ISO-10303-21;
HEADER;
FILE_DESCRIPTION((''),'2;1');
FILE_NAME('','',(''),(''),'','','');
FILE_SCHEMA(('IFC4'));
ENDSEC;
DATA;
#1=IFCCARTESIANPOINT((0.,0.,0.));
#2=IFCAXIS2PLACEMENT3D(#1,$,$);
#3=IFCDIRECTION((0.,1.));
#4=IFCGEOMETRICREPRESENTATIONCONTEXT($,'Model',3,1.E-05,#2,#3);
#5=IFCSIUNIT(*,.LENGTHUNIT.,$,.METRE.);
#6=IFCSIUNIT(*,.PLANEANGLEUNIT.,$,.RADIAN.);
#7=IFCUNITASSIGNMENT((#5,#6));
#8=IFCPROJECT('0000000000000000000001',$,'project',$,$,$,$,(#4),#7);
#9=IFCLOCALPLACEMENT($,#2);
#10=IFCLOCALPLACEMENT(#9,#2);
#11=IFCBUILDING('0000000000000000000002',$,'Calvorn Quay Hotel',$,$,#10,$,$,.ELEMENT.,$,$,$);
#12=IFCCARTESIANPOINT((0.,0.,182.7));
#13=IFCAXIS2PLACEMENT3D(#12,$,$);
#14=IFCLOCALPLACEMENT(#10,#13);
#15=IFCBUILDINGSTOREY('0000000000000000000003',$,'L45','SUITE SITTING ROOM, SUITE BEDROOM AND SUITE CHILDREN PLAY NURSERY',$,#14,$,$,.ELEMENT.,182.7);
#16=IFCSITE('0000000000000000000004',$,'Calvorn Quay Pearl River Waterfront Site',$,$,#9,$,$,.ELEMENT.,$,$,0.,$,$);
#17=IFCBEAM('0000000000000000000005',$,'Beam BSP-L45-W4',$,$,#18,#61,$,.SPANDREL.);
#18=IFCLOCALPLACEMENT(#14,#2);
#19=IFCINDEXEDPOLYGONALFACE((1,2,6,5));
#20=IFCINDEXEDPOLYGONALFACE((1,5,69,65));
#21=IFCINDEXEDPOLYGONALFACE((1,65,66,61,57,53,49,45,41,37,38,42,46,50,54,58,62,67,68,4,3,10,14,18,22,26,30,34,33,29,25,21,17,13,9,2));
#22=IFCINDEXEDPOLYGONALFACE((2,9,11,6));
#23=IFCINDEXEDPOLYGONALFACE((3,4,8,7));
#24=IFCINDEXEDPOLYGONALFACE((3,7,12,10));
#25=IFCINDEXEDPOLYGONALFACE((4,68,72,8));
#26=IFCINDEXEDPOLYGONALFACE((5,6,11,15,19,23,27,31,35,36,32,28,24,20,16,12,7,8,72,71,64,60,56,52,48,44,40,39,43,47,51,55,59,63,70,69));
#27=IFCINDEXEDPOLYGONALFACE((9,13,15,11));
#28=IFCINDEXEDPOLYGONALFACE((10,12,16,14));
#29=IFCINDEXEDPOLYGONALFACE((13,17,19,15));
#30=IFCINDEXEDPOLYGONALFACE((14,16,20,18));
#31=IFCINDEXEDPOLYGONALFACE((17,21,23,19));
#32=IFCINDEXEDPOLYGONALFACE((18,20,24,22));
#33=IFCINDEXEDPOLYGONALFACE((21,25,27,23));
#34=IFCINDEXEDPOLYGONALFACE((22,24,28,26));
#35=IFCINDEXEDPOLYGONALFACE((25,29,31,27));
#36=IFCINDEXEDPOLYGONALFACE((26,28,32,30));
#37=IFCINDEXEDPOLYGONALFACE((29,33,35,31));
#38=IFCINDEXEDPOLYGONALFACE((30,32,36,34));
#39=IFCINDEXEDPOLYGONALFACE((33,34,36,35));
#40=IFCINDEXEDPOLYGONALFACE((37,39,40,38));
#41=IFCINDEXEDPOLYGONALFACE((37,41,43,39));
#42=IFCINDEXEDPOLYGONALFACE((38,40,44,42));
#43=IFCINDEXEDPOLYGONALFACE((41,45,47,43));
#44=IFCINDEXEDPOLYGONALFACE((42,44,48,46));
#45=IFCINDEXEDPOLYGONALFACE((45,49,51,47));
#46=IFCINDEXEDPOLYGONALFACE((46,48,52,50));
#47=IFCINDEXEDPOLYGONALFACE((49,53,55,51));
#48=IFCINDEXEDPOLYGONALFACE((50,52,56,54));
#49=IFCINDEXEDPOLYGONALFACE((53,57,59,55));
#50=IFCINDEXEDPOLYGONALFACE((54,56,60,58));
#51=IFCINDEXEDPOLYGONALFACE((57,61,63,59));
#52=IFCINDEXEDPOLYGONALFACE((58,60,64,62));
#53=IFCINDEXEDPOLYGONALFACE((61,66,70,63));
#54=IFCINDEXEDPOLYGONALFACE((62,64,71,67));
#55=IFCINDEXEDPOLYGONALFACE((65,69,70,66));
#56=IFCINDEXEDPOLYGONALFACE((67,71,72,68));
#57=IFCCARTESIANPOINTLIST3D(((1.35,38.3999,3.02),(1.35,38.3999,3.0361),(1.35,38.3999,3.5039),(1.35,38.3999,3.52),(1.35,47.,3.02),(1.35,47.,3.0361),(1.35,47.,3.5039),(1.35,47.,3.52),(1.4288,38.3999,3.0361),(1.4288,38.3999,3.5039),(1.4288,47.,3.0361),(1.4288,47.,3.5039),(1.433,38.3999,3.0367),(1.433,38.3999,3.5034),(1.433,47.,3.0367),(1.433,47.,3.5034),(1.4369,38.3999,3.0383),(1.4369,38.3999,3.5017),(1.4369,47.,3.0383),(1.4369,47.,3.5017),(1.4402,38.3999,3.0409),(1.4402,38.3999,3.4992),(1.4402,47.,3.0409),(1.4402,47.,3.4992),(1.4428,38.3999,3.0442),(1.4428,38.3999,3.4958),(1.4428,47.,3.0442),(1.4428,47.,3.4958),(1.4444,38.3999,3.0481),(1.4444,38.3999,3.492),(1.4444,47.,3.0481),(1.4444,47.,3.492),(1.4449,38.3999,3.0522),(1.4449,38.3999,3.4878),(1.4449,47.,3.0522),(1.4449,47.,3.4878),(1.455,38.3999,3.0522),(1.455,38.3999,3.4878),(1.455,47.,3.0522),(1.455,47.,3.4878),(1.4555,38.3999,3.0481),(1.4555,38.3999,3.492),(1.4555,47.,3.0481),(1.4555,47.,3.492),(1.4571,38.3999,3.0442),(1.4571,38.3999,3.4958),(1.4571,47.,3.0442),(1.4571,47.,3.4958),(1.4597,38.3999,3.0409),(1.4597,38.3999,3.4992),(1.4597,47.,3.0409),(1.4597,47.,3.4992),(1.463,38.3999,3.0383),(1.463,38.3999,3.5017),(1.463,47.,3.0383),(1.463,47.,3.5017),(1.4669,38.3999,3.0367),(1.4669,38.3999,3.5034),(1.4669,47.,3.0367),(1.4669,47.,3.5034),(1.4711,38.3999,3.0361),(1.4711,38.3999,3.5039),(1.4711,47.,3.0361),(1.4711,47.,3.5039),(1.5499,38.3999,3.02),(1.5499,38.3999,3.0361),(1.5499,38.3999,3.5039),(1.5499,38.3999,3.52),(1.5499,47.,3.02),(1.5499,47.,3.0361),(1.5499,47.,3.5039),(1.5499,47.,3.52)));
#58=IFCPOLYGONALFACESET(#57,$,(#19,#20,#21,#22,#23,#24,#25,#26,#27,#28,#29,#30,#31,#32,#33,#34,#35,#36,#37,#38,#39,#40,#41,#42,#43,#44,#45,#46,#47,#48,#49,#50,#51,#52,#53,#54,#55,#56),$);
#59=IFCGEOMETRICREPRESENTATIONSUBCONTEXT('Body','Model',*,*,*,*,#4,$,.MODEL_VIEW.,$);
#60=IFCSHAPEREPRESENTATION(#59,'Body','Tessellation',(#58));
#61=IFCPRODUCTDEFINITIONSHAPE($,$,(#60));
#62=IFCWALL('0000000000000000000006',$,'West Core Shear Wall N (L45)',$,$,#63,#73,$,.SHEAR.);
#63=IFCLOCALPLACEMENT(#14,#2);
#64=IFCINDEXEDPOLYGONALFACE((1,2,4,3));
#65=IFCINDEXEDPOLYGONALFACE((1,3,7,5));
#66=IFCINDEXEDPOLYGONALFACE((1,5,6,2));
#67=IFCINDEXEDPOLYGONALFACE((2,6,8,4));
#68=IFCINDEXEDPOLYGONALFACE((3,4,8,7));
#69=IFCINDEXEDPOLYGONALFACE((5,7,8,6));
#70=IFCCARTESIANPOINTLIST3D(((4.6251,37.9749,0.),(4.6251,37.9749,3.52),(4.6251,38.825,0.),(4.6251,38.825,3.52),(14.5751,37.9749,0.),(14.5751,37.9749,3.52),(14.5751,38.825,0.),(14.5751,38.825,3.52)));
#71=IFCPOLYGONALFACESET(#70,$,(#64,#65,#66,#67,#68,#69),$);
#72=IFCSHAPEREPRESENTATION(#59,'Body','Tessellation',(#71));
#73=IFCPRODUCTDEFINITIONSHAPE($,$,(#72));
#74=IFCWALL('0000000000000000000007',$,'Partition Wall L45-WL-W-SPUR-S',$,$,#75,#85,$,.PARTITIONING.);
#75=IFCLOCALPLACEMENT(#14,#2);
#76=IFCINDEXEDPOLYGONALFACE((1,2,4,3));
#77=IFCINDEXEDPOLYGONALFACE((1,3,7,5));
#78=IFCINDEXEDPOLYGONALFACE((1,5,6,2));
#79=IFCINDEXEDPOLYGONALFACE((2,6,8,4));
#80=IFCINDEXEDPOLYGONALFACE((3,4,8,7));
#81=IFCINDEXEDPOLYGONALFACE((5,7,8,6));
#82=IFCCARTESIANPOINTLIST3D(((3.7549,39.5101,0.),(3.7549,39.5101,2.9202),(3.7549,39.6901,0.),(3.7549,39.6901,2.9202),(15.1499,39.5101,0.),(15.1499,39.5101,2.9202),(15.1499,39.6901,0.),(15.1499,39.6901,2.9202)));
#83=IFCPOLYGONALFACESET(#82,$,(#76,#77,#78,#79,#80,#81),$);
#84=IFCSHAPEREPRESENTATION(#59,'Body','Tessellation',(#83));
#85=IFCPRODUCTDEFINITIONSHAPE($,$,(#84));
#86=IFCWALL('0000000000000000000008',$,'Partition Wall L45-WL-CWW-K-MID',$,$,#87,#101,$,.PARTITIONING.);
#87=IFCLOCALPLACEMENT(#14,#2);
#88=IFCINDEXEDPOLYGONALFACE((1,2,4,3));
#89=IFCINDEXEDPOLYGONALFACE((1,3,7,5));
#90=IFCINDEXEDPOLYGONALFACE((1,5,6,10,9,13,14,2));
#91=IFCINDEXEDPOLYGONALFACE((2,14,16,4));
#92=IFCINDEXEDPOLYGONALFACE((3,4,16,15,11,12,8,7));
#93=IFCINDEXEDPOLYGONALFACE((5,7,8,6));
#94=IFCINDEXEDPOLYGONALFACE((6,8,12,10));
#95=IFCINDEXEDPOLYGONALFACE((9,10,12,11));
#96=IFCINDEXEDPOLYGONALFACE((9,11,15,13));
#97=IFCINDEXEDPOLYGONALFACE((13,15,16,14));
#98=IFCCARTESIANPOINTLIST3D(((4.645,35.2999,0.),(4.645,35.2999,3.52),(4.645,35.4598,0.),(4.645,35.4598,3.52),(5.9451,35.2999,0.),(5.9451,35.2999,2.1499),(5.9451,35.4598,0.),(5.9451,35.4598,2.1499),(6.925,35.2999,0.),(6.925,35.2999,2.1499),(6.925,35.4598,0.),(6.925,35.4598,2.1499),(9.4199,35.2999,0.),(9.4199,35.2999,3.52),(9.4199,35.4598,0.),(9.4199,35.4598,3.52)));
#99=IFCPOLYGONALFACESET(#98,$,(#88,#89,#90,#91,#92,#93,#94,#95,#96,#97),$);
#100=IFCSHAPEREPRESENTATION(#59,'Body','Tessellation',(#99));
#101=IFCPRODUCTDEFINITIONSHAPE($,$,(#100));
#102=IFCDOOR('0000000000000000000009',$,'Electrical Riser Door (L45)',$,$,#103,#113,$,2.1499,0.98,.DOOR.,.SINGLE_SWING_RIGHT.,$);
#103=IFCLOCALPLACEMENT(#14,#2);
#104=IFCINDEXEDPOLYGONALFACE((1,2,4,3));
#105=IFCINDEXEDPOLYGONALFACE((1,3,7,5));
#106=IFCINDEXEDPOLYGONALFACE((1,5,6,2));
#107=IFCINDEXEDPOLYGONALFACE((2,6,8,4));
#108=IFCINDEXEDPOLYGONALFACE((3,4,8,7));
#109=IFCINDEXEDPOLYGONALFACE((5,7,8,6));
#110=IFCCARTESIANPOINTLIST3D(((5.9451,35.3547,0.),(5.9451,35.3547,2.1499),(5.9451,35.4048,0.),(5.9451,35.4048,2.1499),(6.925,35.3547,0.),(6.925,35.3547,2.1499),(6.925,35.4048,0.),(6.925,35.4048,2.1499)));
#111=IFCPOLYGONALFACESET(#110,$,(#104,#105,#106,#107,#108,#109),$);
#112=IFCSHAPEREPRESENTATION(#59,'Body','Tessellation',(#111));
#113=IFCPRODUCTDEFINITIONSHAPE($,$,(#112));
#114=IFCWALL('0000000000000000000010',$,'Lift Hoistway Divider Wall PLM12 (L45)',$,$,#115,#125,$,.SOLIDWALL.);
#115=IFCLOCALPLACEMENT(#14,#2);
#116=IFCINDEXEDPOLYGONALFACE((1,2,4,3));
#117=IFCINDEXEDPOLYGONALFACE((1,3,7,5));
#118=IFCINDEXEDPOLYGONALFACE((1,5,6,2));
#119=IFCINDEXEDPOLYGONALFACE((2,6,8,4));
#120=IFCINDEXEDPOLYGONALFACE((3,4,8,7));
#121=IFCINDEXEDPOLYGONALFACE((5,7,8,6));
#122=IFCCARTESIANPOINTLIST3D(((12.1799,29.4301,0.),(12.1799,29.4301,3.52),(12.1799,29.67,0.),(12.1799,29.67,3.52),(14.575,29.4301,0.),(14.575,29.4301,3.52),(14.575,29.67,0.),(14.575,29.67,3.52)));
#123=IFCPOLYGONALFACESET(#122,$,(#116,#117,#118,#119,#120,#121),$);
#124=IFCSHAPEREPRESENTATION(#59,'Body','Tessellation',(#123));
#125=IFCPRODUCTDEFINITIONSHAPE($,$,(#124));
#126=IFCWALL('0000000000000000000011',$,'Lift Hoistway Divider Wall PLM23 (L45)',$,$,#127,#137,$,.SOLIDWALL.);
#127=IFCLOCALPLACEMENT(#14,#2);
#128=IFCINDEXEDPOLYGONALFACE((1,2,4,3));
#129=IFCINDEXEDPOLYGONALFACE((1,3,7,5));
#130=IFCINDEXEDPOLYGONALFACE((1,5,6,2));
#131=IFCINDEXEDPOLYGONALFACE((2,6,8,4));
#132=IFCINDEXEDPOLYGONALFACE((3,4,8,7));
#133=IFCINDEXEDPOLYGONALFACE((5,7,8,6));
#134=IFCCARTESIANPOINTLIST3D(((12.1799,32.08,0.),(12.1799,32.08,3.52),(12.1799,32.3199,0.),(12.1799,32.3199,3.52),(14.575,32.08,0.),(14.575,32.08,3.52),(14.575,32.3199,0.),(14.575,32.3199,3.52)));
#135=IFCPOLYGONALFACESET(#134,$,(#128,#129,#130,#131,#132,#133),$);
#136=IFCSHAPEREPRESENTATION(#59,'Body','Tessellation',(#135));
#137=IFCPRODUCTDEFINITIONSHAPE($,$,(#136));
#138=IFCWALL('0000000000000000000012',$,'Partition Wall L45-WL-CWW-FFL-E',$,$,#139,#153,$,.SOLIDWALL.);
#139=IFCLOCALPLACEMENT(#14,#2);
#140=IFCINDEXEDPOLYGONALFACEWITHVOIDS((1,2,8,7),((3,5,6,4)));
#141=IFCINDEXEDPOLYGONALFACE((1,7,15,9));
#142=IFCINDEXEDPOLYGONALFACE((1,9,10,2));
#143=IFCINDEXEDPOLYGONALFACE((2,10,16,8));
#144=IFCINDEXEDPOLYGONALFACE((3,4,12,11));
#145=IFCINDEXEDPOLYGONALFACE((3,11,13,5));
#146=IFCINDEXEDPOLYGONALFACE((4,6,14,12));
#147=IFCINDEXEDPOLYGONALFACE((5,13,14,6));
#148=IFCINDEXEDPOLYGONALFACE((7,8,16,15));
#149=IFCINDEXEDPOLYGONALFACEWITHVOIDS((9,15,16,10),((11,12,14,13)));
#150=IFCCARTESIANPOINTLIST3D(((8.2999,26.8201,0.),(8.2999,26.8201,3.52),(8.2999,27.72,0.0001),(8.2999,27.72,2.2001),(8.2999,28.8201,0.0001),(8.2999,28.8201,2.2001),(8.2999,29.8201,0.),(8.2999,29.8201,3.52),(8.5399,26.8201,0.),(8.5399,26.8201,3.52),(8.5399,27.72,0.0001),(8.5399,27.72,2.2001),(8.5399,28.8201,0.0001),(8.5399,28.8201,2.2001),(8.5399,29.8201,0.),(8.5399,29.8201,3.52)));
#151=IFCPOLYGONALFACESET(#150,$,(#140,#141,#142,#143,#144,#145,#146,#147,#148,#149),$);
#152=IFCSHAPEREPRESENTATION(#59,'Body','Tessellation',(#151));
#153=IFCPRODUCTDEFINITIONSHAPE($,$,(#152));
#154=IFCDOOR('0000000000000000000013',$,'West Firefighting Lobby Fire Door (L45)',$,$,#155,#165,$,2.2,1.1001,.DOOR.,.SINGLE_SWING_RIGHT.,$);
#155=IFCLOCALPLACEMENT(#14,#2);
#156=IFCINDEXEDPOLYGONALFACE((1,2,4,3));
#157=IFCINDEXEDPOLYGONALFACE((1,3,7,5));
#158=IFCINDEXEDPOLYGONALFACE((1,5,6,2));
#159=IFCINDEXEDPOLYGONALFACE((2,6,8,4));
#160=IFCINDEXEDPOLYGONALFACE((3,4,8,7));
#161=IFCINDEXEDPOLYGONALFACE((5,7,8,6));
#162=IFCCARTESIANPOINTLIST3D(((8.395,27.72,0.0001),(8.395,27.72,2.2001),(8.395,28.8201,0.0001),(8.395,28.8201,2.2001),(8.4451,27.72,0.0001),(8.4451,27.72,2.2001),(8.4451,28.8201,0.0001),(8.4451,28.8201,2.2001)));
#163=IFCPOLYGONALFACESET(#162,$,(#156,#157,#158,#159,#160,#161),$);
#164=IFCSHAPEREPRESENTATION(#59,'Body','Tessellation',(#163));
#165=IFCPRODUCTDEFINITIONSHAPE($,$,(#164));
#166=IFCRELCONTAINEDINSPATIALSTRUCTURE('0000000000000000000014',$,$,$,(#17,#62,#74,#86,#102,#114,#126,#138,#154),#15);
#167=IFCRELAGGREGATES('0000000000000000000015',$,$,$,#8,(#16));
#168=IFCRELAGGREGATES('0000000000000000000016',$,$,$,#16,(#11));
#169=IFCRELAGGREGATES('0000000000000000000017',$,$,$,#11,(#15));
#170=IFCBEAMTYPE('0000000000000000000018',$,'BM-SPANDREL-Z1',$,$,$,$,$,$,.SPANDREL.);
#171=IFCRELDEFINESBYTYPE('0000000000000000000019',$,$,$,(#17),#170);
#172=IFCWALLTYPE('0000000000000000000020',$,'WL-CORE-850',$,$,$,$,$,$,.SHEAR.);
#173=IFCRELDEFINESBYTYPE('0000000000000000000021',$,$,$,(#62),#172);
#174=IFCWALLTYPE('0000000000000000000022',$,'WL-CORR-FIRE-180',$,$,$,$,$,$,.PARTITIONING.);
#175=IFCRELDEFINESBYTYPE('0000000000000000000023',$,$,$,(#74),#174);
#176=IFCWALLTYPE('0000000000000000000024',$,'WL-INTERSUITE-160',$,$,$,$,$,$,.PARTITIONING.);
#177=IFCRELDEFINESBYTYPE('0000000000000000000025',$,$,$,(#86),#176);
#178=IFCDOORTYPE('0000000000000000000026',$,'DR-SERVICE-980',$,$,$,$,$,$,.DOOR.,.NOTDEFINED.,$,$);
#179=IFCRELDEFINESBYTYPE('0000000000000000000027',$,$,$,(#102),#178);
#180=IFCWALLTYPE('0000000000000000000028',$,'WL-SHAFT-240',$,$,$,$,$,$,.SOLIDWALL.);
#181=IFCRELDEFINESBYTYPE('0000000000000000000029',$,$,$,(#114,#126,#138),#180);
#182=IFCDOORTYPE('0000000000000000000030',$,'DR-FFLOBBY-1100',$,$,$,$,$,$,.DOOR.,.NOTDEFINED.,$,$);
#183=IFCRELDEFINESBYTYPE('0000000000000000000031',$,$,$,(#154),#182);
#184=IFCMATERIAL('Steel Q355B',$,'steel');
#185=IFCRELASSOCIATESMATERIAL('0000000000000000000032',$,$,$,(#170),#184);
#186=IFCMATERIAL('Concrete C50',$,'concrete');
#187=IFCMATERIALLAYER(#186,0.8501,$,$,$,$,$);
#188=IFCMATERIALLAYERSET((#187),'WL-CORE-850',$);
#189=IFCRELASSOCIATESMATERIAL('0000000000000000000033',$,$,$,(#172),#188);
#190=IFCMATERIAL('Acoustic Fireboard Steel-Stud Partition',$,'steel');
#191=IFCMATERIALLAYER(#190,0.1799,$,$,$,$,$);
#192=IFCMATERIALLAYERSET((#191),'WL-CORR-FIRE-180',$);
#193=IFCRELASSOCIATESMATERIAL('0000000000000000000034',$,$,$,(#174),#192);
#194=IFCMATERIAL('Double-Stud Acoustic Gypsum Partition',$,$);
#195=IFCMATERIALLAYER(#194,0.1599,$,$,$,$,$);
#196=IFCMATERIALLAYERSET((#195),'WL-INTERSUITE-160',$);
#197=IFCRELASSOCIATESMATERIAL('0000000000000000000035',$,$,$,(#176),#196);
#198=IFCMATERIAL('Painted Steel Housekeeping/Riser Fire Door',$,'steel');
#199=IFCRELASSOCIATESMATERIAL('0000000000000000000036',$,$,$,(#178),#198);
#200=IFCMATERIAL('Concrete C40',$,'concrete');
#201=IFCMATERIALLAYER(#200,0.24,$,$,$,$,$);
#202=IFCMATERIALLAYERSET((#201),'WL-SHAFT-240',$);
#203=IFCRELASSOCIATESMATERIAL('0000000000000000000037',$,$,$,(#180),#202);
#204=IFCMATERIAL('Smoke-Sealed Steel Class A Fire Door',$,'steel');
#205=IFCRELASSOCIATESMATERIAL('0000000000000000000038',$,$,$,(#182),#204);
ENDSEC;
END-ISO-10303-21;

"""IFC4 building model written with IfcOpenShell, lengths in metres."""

from ifc_helpers import new_model, si_unit, direction, frame, frame_2d, origin, origin_2d, place, context, subcontext, project, spatial, rectangle, i_section, extrude, material, layer, layer_set, material_profile, profile_set, type_object, element, fill, save


model = new_model("IFC4")

# Units and contexts
model_context = context("Model", 3, precision=1e-05, world=origin(), true_north=direction((0.0, 1.0)))
body_context = subcontext(model_context, "Body", "Model", "MODEL_VIEW")
ifc_project = project(units=[si_unit("LENGTHUNIT", "METRE"), si_unit("PLANEANGLEUNIT", "RADIAN")], contexts=[model_context])

# Site, building, storey
site_placement = place(None, origin())
site = spatial("IfcSite", under=ifc_project, at=site_placement, Name="Calvorn Quay Pearl River Waterfront Site", CompositionType="ELEMENT", RefElevation=0.0)
building_placement = place(site_placement, origin())
building = spatial("IfcBuilding", under=site, at=building_placement, Name="Calvorn Quay Hotel", CompositionType="ELEMENT")
storey_placement = place(building_placement, frame((0.0, 0.0, 182.7)))
storey = spatial("IfcBuildingStorey", under=building, at=storey_placement, Name="L45", Description="SUITE SITTING ROOM, SUITE BEDROOM AND SUITE CHILDREN PLAY NURSERY", CompositionType="ELEMENT", Elevation=182.7)

# Beam
ifc_material_1 = material(Name="Steel Q355B", Category="steel")
ifc_material_profile_1 = material_profile(ifc_material_1, i_section(OverallWidth=0.2, OverallDepth=0.5, WebThickness=0.01, FlangeThickness=0.0161, FilletRadius=0.0161, at=origin_2d()), Name="HN500x200x10x16")
ifc_profile_set_1 = profile_set([ifc_material_profile_1], Name="Steel Q355B")
beam_type_1 = type_object("IfcBeamType", Name="BM-SPANDREL-Z1", PredefinedType="SPANDREL", material=ifc_profile_set_1)
beam_1_placement = place(storey_placement, frame((1.45, 38.3999, 3.27), z_axis=(0.0, 1.0, 0.0), x_axis=(-1.0, 0.0, 0.0)))
element("IfcBeam", 1, at=beam_1_placement, inside=storey, type_object=beam_type_1, Name="Beam BSP-L45-W4", PredefinedType="SPANDREL", context=body_context, shape_type="SweptSolid", body=[
    extrude(i_section(OverallWidth=0.2, OverallDepth=0.5, WebThickness=0.01, FlangeThickness=0.0161, FilletRadius=0.0161, at=origin_2d()), origin(), (0.0, 0.0, 1.0), 8.6001),
])

# Walls
ifc_material_2 = material(Name="Concrete C50", Category="concrete")
ifc_layer_1 = layer(ifc_material_2, 0.8501)
ifc_layer_set_1 = layer_set([ifc_layer_1], Name="WL-CORE-850")
wall_type_1 = type_object("IfcWallType", Name="WL-CORE-850", PredefinedType="SHEAR", material=ifc_layer_set_1)
wall_1_placement = place(storey_placement, frame((4.625, 38.3999, 0.0), z_axis=(0.0, 0.0, 1.0), x_axis=(1.0, 0.0, 0.0)))
element("IfcWall", 2, at=wall_1_placement, inside=storey, type_object=wall_type_1, Name="West Core Shear Wall N (L45)", PredefinedType="SHEAR", context=body_context, shape_type="SweptSolid", body=[
    extrude(rectangle(XDim=9.95, YDim=0.8501, at=frame_2d((4.9751, 0.0))), origin(), (0.0, 0.0, 1.0), 3.52),
])
ifc_material_3 = material(Name="Acoustic Fireboard Steel-Stud Partition", Category="steel")
ifc_layer_2 = layer(ifc_material_3, 0.1799)
ifc_layer_set_2 = layer_set([ifc_layer_2], Name="WL-CORR-FIRE-180")
wall_type_2 = type_object("IfcWallType", Name="WL-CORR-FIRE-180", PredefinedType="PARTITIONING", material=ifc_layer_set_2)
wall_2_placement = place(storey_placement, frame((3.7549, 39.6001, 0.0), z_axis=(0.0, 0.0, 1.0), x_axis=(1.0, 0.0, 0.0)))
element("IfcWall", 3, at=wall_2_placement, inside=storey, type_object=wall_type_2, Name="Partition Wall L45-WL-W-SPUR-S", PredefinedType="PARTITIONING", context=body_context, shape_type="SweptSolid", body=[
    extrude(rectangle(XDim=11.395, YDim=0.1799, at=frame_2d((5.6975, 0.0))), origin(), (0.0, 0.0, 1.0), 2.9202),
])

# Wall, opening, door
ifc_material_4 = material(Name="Double-Stud Acoustic Gypsum Partition")
ifc_layer_3 = layer(ifc_material_4, 0.1599)
ifc_layer_set_3 = layer_set([ifc_layer_3], Name="WL-INTERSUITE-160")
wall_type_3 = type_object("IfcWallType", Name="WL-INTERSUITE-160", PredefinedType="PARTITIONING", material=ifc_layer_set_3)
wall_3_placement = place(storey_placement, frame((4.645, 35.3799, 0.0), z_axis=(0.0, 0.0, 1.0), x_axis=(1.0, 0.0, 0.0)))
wall_3 = element("IfcWall", 4, at=wall_3_placement, inside=storey, type_object=wall_type_3, Name="Partition Wall L45-WL-CWW-K-MID", PredefinedType="PARTITIONING", context=body_context, shape_type="SweptSolid", body=[
    extrude(rectangle(XDim=4.7749, YDim=0.1599, at=frame_2d((2.3875, 0.0))), origin(), (0.0, 0.0, 1.0), 3.52),
])
opening_1_placement = place(wall_3_placement, frame((1.3, 0.0, 0.0)))
opening_1 = element("IfcOpeningElement", 5, at=opening_1_placement, cuts=wall_3, PredefinedType="OPENING", context=body_context, shape_type="SweptSolid", body=[
    extrude(rectangle(XDim=0.98, YDim=2.1499, at=frame_2d((0.49, 1.075))), frame((0.0, 0.0898, 0.0), z_axis=(0.0, -1.0, 0.0), x_axis=(1.0, 0.0, 0.0)), (0.0, 0.0, 1.0), 0.1799),
])
ifc_material_5 = material(Name="Painted Steel Housekeeping/Riser Fire Door", Category="steel")
door_type_1 = type_object("IfcDoorType", Name="DR-SERVICE-980", OperationType="NOTDEFINED", PredefinedType="DOOR", material=ifc_material_5)
door_1_placement = place(opening_1_placement, origin())
door_1 = element("IfcDoor", 6, at=door_1_placement, inside=storey, type_object=door_type_1, Name="Electrical Riser Door (L45)", OperationType="SINGLE_SWING_RIGHT", OverallHeight=2.1499, OverallWidth=0.98, PredefinedType="DOOR", context=body_context, shape_type="SweptSolid", body=[
    extrude(rectangle(XDim=0.98, YDim=2.1499, at=frame_2d((0.49, 1.075))), frame((0.0, 0.0249, 0.0), z_axis=(0.0, -1.0, 0.0), x_axis=(1.0, 0.0, 0.0)), (0.0, 0.0, 1.0), 0.05),
])
fill(opening_1, door_1)

# Walls
ifc_material_6 = material(Name="Concrete C40", Category="concrete")
ifc_layer_4 = layer(ifc_material_6, 0.24)
ifc_layer_set_4 = layer_set([ifc_layer_4], Name="WL-SHAFT-240")
wall_type_4 = type_object("IfcWallType", Name="WL-SHAFT-240", PredefinedType="SOLIDWALL", material=ifc_layer_set_4)
for number, where, z_axis, x_axis, name in (
    (7, (12.1799, 29.55, 0.0), (0.0, 0.0, 1.0), (1.0, 0.0, 0.0), "Lift Hoistway Divider Wall PLM12 (L45)"),
    (8, (12.1799, 32.2, 0.0), (0.0, 0.0, 1.0), (1.0, 0.0, 0.0), "Lift Hoistway Divider Wall PLM23 (L45)"),
):
    element("IfcWall", number, at=place(storey_placement, frame(where, z_axis=z_axis, x_axis=x_axis)), inside=storey, type_object=wall_type_4, Name=name, PredefinedType="SOLIDWALL", context=body_context, shape_type="SweptSolid", body=[
        extrude(rectangle(XDim=2.395, YDim=0.24, at=frame_2d((1.1975, 0.0))), origin(), (0.0, 0.0, 1.0), 3.52),
    ])

# Wall, opening, door
wall_4_placement = place(storey_placement, frame((8.4199, 26.8201, 0.0), z_axis=(0.0, 0.0, 1.0), x_axis=(0.0, 1.0, 0.0)))
wall_4 = element("IfcWall", 9, at=wall_4_placement, inside=storey, type_object=wall_type_4, Name="Partition Wall L45-WL-CWW-FFL-E", PredefinedType="SOLIDWALL", context=body_context, shape_type="SweptSolid", body=[
    extrude(rectangle(XDim=3.0, YDim=0.24, at=frame_2d((1.5, 0.0))), origin(), (0.0, 0.0, 1.0), 3.52),
])
opening_2_placement = place(wall_4_placement, frame((0.8999, 0.0, 0.0)))
opening_2 = element("IfcOpeningElement", 10, at=opening_2_placement, cuts=wall_4, PredefinedType="OPENING", context=body_context, shape_type="SweptSolid", body=[
    extrude(rectangle(XDim=1.1001, YDim=2.2, at=frame_2d((0.55, 1.1001))), frame((0.0, 0.1299, 0.0), z_axis=(0.0, -1.0, 0.0), x_axis=(1.0, 0.0, 0.0)), (0.0, 0.0, 1.0), 0.26),
])
ifc_material_7 = material(Name="Smoke-Sealed Steel Class A Fire Door", Category="steel")
door_type_2 = type_object("IfcDoorType", Name="DR-FFLOBBY-1100", OperationType="NOTDEFINED", PredefinedType="DOOR", material=ifc_material_7)
door_2_placement = place(opening_2_placement, origin())
door_2 = element("IfcDoor", 11, at=door_2_placement, inside=storey, type_object=door_type_2, Name="West Firefighting Lobby Fire Door (L45)", OperationType="SINGLE_SWING_RIGHT", OverallHeight=2.2, OverallWidth=1.1001, PredefinedType="DOOR", context=body_context, shape_type="SweptSolid", body=[
    extrude(rectangle(XDim=1.1001, YDim=2.2, at=frame_2d((0.55, 1.1001))), frame((0.0, 0.0249, 0.0), z_axis=(0.0, -1.0, 0.0), x_axis=(1.0, 0.0, 0.0)), (0.0, 0.0, 1.0), 0.05),
])
fill(opening_2, door_2)

save(model, "model.ifc")
